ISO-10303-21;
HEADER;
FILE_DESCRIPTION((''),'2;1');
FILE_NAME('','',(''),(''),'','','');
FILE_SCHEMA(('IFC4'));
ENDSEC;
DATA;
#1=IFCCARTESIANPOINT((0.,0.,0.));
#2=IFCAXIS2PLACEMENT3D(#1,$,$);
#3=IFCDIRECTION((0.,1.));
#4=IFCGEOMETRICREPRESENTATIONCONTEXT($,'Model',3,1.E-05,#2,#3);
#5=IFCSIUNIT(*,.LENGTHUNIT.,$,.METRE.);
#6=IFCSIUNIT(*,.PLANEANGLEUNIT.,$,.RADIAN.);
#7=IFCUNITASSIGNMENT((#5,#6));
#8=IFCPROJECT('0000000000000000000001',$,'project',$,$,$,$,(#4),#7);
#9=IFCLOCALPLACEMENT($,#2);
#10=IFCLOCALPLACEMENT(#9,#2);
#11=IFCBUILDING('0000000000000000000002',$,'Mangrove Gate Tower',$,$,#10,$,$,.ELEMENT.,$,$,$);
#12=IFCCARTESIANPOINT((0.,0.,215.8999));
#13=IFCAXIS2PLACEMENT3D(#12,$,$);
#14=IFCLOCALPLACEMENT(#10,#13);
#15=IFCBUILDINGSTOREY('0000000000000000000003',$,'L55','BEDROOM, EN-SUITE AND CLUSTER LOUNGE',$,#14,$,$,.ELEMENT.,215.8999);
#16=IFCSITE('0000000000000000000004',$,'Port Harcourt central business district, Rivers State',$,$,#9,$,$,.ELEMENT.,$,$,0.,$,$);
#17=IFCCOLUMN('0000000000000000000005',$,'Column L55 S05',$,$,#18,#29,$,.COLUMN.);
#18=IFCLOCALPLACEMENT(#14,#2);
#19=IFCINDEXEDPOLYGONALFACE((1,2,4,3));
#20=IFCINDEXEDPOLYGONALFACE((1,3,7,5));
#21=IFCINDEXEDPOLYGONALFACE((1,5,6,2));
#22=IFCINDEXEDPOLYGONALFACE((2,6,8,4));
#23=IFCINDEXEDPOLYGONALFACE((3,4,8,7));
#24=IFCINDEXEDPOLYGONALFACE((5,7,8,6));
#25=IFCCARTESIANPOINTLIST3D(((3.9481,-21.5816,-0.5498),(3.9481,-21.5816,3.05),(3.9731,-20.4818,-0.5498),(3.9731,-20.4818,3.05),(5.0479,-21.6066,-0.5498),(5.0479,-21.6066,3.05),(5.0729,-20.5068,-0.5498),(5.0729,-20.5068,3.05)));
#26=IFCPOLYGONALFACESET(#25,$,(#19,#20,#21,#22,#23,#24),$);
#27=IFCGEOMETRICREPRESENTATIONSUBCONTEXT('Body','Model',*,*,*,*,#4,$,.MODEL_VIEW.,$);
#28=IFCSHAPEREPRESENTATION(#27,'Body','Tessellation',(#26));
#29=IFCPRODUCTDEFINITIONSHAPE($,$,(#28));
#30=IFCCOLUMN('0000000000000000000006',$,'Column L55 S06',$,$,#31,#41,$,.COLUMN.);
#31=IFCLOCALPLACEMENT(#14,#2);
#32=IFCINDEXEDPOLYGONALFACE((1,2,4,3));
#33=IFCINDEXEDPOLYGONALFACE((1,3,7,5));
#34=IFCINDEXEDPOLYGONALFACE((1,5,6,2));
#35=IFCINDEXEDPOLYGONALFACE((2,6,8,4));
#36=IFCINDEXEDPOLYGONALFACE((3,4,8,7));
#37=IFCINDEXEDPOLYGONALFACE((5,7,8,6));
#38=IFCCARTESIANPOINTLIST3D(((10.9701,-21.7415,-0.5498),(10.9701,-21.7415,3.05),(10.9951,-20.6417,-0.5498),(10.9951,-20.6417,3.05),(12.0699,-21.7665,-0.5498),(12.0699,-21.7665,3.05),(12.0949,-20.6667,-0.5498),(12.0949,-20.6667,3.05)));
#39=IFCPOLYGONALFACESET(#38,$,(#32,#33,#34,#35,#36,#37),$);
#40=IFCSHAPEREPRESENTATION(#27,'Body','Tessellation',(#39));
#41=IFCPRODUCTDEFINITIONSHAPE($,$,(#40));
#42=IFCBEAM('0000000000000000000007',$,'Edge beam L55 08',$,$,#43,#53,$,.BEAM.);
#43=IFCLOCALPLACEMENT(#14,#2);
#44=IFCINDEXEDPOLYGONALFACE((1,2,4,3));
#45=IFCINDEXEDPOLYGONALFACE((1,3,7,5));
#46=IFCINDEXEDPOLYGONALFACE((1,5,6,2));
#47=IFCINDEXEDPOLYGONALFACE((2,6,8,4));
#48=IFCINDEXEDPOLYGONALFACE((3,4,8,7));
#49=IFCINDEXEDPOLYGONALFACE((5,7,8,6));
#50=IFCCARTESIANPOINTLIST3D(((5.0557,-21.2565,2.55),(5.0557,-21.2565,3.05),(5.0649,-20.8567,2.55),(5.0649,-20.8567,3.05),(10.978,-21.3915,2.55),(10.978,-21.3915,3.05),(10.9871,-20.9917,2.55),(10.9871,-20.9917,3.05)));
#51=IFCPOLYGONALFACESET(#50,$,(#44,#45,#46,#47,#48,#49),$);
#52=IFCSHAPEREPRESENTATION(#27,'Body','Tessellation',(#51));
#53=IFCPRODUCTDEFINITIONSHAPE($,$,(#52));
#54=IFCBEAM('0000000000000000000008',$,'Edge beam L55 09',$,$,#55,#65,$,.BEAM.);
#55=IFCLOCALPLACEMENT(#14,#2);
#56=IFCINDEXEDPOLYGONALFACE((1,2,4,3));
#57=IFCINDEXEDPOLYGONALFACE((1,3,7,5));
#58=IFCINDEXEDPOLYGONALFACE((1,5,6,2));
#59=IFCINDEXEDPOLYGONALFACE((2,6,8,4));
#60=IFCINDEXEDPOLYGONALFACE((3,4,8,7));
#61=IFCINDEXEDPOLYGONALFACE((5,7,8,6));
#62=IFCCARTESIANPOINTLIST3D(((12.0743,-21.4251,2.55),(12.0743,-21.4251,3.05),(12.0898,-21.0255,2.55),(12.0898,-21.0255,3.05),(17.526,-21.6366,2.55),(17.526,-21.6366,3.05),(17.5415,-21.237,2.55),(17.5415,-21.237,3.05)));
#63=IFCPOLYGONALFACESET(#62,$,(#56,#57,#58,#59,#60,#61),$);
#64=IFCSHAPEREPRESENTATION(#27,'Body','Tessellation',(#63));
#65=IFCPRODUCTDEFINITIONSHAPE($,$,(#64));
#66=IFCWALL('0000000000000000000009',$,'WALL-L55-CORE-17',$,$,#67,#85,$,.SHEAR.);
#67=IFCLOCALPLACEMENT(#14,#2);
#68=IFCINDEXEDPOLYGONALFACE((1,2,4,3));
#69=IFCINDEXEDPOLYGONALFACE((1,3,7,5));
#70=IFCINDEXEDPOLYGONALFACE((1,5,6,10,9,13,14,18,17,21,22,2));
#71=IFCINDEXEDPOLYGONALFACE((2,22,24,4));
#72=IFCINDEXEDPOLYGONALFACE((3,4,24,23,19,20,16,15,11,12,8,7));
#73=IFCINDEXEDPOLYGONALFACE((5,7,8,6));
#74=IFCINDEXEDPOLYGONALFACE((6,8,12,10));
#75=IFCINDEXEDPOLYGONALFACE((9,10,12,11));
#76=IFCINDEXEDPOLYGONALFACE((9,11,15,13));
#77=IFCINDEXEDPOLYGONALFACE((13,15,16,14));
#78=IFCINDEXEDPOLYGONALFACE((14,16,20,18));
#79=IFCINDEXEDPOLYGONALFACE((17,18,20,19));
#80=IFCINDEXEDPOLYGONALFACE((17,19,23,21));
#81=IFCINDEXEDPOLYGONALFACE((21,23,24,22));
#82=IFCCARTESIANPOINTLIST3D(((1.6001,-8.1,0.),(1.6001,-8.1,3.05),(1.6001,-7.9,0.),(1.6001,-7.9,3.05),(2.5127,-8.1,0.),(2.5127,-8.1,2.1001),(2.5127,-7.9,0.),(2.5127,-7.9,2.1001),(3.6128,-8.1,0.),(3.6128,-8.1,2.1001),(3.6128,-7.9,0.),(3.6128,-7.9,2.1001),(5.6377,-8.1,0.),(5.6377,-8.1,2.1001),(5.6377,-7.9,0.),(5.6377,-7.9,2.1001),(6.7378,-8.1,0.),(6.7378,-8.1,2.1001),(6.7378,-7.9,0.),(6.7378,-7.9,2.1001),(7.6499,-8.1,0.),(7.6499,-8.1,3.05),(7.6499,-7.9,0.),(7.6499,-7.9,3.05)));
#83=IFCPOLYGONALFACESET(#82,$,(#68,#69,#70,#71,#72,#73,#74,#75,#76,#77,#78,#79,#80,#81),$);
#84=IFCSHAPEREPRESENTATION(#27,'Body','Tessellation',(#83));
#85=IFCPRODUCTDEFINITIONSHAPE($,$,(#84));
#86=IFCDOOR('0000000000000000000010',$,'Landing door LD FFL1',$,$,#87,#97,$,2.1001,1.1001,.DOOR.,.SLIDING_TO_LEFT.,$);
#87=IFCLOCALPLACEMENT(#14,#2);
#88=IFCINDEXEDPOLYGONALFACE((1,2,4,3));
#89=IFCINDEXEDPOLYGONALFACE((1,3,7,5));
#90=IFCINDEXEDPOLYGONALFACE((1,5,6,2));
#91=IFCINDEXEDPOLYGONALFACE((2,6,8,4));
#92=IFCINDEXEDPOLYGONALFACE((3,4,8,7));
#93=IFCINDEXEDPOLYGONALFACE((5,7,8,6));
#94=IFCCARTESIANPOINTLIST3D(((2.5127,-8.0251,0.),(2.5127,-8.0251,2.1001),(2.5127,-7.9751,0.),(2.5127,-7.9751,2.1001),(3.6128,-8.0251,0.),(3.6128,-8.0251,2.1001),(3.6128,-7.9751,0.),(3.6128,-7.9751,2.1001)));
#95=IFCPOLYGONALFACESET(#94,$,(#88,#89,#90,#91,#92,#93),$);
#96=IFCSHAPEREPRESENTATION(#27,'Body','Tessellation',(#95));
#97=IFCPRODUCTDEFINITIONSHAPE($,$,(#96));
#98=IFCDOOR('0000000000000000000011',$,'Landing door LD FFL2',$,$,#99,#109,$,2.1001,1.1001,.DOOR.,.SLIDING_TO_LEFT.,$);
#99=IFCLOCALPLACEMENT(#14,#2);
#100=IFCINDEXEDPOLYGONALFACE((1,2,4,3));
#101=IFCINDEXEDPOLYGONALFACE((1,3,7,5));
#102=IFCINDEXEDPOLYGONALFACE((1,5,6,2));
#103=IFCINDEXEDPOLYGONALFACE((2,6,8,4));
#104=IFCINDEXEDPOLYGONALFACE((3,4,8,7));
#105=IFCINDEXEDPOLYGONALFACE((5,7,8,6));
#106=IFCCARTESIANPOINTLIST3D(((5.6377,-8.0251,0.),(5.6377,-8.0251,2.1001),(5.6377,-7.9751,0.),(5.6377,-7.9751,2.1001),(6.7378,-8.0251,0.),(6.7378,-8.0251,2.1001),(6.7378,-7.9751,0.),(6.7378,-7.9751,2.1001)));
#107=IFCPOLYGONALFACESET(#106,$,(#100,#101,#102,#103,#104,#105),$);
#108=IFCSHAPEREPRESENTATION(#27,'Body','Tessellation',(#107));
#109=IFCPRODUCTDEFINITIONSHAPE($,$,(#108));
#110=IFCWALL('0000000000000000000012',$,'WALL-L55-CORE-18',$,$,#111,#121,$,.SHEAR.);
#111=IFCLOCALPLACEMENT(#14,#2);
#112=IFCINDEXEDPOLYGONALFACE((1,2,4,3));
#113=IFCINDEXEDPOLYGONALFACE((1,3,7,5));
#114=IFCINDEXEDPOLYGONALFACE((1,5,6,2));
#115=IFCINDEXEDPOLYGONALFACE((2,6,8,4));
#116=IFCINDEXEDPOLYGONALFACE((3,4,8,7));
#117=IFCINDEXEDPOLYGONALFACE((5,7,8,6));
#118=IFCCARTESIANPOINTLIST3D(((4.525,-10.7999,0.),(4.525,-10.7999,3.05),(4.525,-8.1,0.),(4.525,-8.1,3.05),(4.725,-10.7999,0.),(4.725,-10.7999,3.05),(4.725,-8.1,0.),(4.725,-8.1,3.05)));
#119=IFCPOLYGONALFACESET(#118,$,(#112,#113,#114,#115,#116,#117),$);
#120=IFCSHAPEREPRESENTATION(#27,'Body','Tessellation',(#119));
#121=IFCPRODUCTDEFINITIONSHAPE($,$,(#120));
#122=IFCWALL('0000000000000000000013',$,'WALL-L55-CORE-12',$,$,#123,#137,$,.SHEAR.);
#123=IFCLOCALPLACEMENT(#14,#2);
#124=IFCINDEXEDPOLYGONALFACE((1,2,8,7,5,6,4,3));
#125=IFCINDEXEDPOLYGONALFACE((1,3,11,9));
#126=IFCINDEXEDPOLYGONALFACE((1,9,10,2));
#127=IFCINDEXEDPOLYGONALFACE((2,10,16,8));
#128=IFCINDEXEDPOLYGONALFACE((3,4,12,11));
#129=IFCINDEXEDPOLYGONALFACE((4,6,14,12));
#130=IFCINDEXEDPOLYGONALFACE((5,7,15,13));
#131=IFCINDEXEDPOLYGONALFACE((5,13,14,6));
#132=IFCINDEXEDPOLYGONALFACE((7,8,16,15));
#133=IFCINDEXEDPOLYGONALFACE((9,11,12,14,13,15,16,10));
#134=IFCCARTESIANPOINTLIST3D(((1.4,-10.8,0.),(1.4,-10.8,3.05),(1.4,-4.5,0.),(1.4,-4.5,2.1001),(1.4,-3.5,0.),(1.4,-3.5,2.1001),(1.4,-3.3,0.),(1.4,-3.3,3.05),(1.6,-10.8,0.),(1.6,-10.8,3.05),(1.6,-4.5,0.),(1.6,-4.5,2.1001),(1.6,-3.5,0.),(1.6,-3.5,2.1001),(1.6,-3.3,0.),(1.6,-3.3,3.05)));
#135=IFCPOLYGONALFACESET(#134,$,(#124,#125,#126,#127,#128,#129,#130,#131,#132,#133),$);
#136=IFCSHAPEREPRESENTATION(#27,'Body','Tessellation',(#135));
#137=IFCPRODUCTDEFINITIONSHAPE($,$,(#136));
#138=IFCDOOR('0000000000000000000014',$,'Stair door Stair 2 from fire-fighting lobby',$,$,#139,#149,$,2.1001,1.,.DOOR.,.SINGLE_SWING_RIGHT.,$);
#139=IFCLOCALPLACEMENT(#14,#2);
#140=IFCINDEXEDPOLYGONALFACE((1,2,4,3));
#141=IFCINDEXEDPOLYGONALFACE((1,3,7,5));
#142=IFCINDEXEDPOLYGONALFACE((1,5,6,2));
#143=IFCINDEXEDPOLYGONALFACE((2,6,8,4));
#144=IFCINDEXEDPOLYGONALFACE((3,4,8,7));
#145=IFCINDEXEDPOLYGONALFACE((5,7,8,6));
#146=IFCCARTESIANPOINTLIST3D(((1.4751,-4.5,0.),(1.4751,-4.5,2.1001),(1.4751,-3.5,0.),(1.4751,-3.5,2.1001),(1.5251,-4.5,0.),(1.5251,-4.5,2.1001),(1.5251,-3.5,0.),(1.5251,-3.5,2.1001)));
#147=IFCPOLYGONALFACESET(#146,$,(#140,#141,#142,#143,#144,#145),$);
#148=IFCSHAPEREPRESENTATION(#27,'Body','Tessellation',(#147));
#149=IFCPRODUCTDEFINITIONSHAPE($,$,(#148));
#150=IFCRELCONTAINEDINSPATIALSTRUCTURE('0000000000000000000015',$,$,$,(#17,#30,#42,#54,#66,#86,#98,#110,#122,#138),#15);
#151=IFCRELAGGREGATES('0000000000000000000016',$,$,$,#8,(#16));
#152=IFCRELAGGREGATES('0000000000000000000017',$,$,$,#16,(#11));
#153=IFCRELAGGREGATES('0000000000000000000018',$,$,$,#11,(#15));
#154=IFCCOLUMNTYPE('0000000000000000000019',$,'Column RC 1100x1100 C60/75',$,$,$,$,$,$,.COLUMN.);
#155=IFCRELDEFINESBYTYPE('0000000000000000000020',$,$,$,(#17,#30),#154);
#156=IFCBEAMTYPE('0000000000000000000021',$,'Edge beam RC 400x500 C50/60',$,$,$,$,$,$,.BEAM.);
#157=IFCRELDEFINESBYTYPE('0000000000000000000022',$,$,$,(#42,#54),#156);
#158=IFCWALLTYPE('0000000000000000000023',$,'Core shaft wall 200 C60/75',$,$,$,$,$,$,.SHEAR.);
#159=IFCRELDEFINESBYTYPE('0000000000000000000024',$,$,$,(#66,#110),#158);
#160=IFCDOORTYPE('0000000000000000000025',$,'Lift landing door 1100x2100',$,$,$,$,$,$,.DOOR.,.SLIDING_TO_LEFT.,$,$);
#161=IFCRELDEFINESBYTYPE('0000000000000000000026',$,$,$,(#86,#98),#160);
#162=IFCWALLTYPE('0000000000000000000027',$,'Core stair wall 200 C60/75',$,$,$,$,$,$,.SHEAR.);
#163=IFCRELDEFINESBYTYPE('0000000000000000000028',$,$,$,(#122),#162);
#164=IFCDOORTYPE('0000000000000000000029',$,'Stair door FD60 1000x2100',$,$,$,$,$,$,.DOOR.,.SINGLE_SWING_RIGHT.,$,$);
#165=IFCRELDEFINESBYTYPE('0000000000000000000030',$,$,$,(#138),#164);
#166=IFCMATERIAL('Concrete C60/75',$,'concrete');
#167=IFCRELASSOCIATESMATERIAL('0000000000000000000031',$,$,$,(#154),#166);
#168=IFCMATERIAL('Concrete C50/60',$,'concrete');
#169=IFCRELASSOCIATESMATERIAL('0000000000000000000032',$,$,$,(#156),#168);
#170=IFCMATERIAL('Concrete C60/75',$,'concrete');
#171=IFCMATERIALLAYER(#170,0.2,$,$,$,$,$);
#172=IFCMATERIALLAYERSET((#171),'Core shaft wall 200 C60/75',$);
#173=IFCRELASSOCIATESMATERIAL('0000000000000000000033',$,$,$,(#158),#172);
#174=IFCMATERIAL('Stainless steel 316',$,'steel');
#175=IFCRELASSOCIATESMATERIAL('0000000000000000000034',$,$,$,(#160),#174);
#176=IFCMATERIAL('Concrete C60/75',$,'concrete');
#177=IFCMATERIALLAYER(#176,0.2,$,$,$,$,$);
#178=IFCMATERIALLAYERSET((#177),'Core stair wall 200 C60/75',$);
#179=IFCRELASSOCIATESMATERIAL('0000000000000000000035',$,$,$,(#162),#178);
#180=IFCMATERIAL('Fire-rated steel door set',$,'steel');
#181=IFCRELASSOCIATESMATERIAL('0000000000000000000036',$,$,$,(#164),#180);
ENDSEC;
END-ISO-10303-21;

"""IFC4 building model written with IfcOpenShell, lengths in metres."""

from ifc_helpers import new_model, si_unit, direction, frame, frame_2d, origin, origin_2d, place, context, subcontext, project, spatial, rectangle, extrude, material, layer, layer_set, material_profile, profile_set, type_object, element, fill, save


model = new_model("IFC4")

# Units and contexts
model_context = context("Model", 3, precision=1e-05, world=origin(), true_north=direction((0.0, 1.0)))
body_context = subcontext(model_context, "Body", "Model", "MODEL_VIEW")
ifc_project = project(units=[si_unit("LENGTHUNIT", "METRE"), si_unit("PLANEANGLEUNIT", "RADIAN")], contexts=[model_context])

# Site, building, storey
site_placement = place(None, origin())
site = spatial("IfcSite", under=ifc_project, at=site_placement, Name="Port Harcourt central business district, Rivers State", CompositionType="ELEMENT", RefElevation=0.0)
building_placement = place(site_placement, origin())
building = spatial("IfcBuilding", under=site, at=building_placement, Name="Mangrove Gate Tower", CompositionType="ELEMENT")
storey_placement = place(building_placement, frame((0.0, 0.0, 215.8999)))
storey = spatial("IfcBuildingStorey", under=building, at=storey_placement, Name="L55", Description="BEDROOM, EN-SUITE AND CLUSTER LOUNGE", CompositionType="ELEMENT", Elevation=215.8999)

# Columns
ifc_material_1 = material(Name="Concrete C60/75", Category="concrete")
ifc_material_profile_1 = material_profile(ifc_material_1, rectangle(XDim=1.1001, YDim=1.1001, at=origin_2d()))
ifc_profile_set_1 = profile_set([ifc_material_profile_1], Name="Concrete C60/75")
column_type = type_object("IfcColumnType", Name="Column RC 1100x1100 C60/75", PredefinedType="COLUMN", material=ifc_profile_set_1)
for number, where, z_axis, x_axis, name in (
    (1, (4.5105, -21.0442, -0.5498), (0.0, 0.0, 1.0), (0.999742, -0.022708, 0.0), "Column L55 S05"),
    (2, (11.5325, -21.2041, -0.5498), (0.0, 0.0, 1.0), (0.999742, -0.022707, 0.0), "Column L55 S06"),
):
    element("IfcColumn", number, at=place(storey_placement, frame(where, z_axis=z_axis, x_axis=x_axis)), inside=storey, type_object=column_type, Name=name, PredefinedType="COLUMN", context=body_context, shape_type="SweptSolid", body=[
        extrude(rectangle(XDim=1.1001, YDim=1.1001, at=origin_2d()), origin(), (0.0, 0.0, 1.0), 3.5999),
    ])

# Beams
ifc_material_2 = material(Name="Concrete C50/60", Category="concrete")
ifc_material_profile_2 = material_profile(ifc_material_2, rectangle(XDim=0.3999, YDim=0.5, at=origin_2d()))
ifc_profile_set_2 = profile_set([ifc_material_profile_2], Name="Concrete C50/60")
beam_type = type_object("IfcBeamType", Name="Edge beam RC 400x500 C50/60", PredefinedType="BEAM", material=ifc_profile_set_2)
beam_1_placement = place(storey_placement, frame((5.0603, -21.0566, 2.8), z_axis=(0.99974, -0.022791, 0.0), x_axis=(0.022791, 0.99974, 0.0)))
element("IfcBeam", 3, at=beam_1_placement, inside=storey, type_object=beam_type, Name="Edge beam L55 08", PredefinedType="BEAM", context=body_context, shape_type="SweptSolid", body=[
    extrude(rectangle(XDim=0.3999, YDim=0.5, at=origin_2d()), origin(), (0.0, 0.0, 1.0), 5.9238),
])
beam_2_placement = place(storey_placement, frame((12.082, -21.2253, 2.8), z_axis=(0.999249, -0.038753, 0.0), x_axis=(0.038753, 0.999249, 0.0)))
element("IfcBeam", 4, at=beam_2_placement, inside=storey, type_object=beam_type, Name="Edge beam L55 09", PredefinedType="BEAM", context=body_context, shape_type="SweptSolid", body=[
    extrude(rectangle(XDim=0.3999, YDim=0.5, at=origin_2d()), origin(), (0.0, 0.0, 1.0), 5.4558),
])

# Wall, openings, doors
ifc_material_3 = material(Name="Concrete C60/75", Category="concrete")
ifc_layer_1 = layer(ifc_material_3, 0.2)
ifc_layer_set_1 = layer_set([ifc_layer_1], Name="Core shaft wall 200 C60/75")
wall_type_1 = type_object("IfcWallType", Name="Core shaft wall 200 C60/75", PredefinedType="SHEAR", material=ifc_layer_set_1)
wall_1_placement = place(storey_placement, frame((1.6001, -8.0, 0.0), z_axis=(0.0, 0.0, 1.0), x_axis=(1.0, 0.0, 0.0)))
wall_1 = element("IfcWall", 5, at=wall_1_placement, inside=storey, type_object=wall_type_1, Name="WALL-L55-CORE-17", PredefinedType="SHEAR", context=body_context, shape_type="SweptSolid", body=[
    extrude(rectangle(XDim=6.0498, YDim=0.2, at=frame_2d((3.0249, 0.0))), origin(), (0.0, 0.0, 1.0), 3.05),
])
opening_1_placement = place(wall_1_placement, frame((0.9126, 0.0, 0.0)))
opening_1 = element("IfcOpeningElement", 6, at=opening_1_placement, cuts=wall_1, PredefinedType="OPENING", context=body_context, shape_type="SweptSolid", body=[
    extrude(rectangle(XDim=1.1001, YDim=2.1001, at=frame_2d((0.55, 1.05))), frame((0.0, 0.1099, 0.0), z_axis=(0.0, -1.0, 0.0), x_axis=(1.0, 0.0, 0.0)), (0.0, 0.0, 1.0), 0.22),
])
opening_2_placement = place(wall_1_placement, frame((4.0376, 0.0, 0.0)))
opening_2 = element("IfcOpeningElement", 7, at=opening_2_placement, cuts=wall_1, PredefinedType="OPENING", context=body_context, shape_type="SweptSolid", body=[
    extrude(rectangle(XDim=1.1001, YDim=2.1001, at=frame_2d((0.55, 1.05))), frame((0.0, 0.1099, 0.0), z_axis=(0.0, -1.0, 0.0), x_axis=(1.0, 0.0, 0.0)), (0.0, 0.0, 1.0), 0.22),
])
ifc_material_4 = material(Name="Stainless steel 316", Category="steel")
door_type_1 = type_object("IfcDoorType", Name="Lift landing door 1100x2100", OperationType="SLIDING_TO_LEFT", PredefinedType="DOOR", material=ifc_material_4)
door_1_placement = place(opening_1_placement, origin())
door_1 = element("IfcDoor", 8, at=door_1_placement, inside=storey, type_object=door_type_1, Name="Landing door LD FFL1", OperationType="SLIDING_TO_LEFT", OverallHeight=2.1001, OverallWidth=1.1001, PredefinedType="DOOR", context=body_context, shape_type="SweptSolid", body=[
    extrude(rectangle(XDim=1.1001, YDim=2.1001, at=frame_2d((0.55, 1.05))), frame((0.0, 0.0249, 0.0), z_axis=(0.0, -1.0, 0.0), x_axis=(1.0, 0.0, 0.0)), (0.0, 0.0, 1.0), 0.05),
])
fill(opening_1, door_1)
door_2_placement = place(opening_2_placement, origin())
door_2 = element("IfcDoor", 9, at=door_2_placement, inside=storey, type_object=door_type_1, Name="Landing door LD FFL2", OperationType="SLIDING_TO_LEFT", OverallHeight=2.1001, OverallWidth=1.1001, PredefinedType="DOOR", context=body_context, shape_type="SweptSolid", body=[
    extrude(rectangle(XDim=1.1001, YDim=2.1001, at=frame_2d((0.55, 1.05))), frame((0.0, 0.0249, 0.0), z_axis=(0.0, -1.0, 0.0), x_axis=(1.0, 0.0, 0.0)), (0.0, 0.0, 1.0), 0.05),
])
fill(opening_2, door_2)

# Wall
wall_2_placement = place(storey_placement, frame((4.625, -10.8, 0.0), z_axis=(0.0, 0.0, 1.0), x_axis=(0.0, 1.0, 0.0)))
element("IfcWall", 10, at=wall_2_placement, inside=storey, type_object=wall_type_1, Name="WALL-L55-CORE-18", PredefinedType="SHEAR", context=body_context, shape_type="SweptSolid", body=[
    extrude(rectangle(XDim=2.7, YDim=0.2, at=frame_2d((1.3501, 0.0))), origin(), (0.0, 0.0, 1.0), 3.05),
])

# Wall, opening, door
ifc_material_5 = material(Name="Concrete C60/75", Category="concrete")
ifc_layer_2 = layer(ifc_material_5, 0.2)
ifc_layer_set_2 = layer_set([ifc_layer_2], Name="Core stair wall 200 C60/75")
wall_type_2 = type_object("IfcWallType", Name="Core stair wall 200 C60/75", PredefinedType="SHEAR", material=ifc_layer_set_2)
wall_3_placement = place(storey_placement, frame((1.5, -10.8, 0.0), z_axis=(0.0, 0.0, 1.0), x_axis=(0.0, 1.0, 0.0)))
wall_3 = element("IfcWall", 11, at=wall_3_placement, inside=storey, type_object=wall_type_2, Name="WALL-L55-CORE-12", PredefinedType="SHEAR", context=body_context, shape_type="SweptSolid", body=[
    extrude(rectangle(XDim=7.5, YDim=0.2, at=frame_2d((3.75, 0.0))), origin(), (0.0, 0.0, 1.0), 3.05),
])
opening_3_placement = place(wall_3_placement, frame((6.3, 0.0, 0.0)))
opening_3 = element("IfcOpeningElement", 12, at=opening_3_placement, cuts=wall_3, PredefinedType="OPENING", context=body_context, shape_type="SweptSolid", body=[
    extrude(rectangle(XDim=1.0, YDim=2.1001, at=frame_2d((0.5, 1.05))), frame((0.0, 0.1099, 0.0), z_axis=(0.0, -1.0, 0.0), x_axis=(1.0, 0.0, 0.0)), (0.0, 0.0, 1.0), 0.22),
])
ifc_material_6 = material(Name="Fire-rated steel door set", Category="steel")
door_type_2 = type_object("IfcDoorType", Name="Stair door FD60 1000x2100", OperationType="SINGLE_SWING_RIGHT", PredefinedType="DOOR", material=ifc_material_6)
door_3_placement = place(opening_3_placement, origin())
door_3 = element("IfcDoor", 13, at=door_3_placement, inside=storey, type_object=door_type_2, Name="Stair door Stair 2 from fire-fighting lobby", OperationType="SINGLE_SWING_RIGHT", OverallHeight=2.1001, OverallWidth=1.0, PredefinedType="DOOR", context=body_context, shape_type="SweptSolid", body=[
    extrude(rectangle(XDim=1.0, YDim=2.1001, at=frame_2d((0.5, 1.05))), frame((0.0, 0.0249, 0.0), z_axis=(0.0, -1.0, 0.0), x_axis=(1.0, 0.0, 0.0)), (0.0, 0.0, 1.0), 0.05),
])
fill(opening_3, door_3)

save(model, "model.ifc")
